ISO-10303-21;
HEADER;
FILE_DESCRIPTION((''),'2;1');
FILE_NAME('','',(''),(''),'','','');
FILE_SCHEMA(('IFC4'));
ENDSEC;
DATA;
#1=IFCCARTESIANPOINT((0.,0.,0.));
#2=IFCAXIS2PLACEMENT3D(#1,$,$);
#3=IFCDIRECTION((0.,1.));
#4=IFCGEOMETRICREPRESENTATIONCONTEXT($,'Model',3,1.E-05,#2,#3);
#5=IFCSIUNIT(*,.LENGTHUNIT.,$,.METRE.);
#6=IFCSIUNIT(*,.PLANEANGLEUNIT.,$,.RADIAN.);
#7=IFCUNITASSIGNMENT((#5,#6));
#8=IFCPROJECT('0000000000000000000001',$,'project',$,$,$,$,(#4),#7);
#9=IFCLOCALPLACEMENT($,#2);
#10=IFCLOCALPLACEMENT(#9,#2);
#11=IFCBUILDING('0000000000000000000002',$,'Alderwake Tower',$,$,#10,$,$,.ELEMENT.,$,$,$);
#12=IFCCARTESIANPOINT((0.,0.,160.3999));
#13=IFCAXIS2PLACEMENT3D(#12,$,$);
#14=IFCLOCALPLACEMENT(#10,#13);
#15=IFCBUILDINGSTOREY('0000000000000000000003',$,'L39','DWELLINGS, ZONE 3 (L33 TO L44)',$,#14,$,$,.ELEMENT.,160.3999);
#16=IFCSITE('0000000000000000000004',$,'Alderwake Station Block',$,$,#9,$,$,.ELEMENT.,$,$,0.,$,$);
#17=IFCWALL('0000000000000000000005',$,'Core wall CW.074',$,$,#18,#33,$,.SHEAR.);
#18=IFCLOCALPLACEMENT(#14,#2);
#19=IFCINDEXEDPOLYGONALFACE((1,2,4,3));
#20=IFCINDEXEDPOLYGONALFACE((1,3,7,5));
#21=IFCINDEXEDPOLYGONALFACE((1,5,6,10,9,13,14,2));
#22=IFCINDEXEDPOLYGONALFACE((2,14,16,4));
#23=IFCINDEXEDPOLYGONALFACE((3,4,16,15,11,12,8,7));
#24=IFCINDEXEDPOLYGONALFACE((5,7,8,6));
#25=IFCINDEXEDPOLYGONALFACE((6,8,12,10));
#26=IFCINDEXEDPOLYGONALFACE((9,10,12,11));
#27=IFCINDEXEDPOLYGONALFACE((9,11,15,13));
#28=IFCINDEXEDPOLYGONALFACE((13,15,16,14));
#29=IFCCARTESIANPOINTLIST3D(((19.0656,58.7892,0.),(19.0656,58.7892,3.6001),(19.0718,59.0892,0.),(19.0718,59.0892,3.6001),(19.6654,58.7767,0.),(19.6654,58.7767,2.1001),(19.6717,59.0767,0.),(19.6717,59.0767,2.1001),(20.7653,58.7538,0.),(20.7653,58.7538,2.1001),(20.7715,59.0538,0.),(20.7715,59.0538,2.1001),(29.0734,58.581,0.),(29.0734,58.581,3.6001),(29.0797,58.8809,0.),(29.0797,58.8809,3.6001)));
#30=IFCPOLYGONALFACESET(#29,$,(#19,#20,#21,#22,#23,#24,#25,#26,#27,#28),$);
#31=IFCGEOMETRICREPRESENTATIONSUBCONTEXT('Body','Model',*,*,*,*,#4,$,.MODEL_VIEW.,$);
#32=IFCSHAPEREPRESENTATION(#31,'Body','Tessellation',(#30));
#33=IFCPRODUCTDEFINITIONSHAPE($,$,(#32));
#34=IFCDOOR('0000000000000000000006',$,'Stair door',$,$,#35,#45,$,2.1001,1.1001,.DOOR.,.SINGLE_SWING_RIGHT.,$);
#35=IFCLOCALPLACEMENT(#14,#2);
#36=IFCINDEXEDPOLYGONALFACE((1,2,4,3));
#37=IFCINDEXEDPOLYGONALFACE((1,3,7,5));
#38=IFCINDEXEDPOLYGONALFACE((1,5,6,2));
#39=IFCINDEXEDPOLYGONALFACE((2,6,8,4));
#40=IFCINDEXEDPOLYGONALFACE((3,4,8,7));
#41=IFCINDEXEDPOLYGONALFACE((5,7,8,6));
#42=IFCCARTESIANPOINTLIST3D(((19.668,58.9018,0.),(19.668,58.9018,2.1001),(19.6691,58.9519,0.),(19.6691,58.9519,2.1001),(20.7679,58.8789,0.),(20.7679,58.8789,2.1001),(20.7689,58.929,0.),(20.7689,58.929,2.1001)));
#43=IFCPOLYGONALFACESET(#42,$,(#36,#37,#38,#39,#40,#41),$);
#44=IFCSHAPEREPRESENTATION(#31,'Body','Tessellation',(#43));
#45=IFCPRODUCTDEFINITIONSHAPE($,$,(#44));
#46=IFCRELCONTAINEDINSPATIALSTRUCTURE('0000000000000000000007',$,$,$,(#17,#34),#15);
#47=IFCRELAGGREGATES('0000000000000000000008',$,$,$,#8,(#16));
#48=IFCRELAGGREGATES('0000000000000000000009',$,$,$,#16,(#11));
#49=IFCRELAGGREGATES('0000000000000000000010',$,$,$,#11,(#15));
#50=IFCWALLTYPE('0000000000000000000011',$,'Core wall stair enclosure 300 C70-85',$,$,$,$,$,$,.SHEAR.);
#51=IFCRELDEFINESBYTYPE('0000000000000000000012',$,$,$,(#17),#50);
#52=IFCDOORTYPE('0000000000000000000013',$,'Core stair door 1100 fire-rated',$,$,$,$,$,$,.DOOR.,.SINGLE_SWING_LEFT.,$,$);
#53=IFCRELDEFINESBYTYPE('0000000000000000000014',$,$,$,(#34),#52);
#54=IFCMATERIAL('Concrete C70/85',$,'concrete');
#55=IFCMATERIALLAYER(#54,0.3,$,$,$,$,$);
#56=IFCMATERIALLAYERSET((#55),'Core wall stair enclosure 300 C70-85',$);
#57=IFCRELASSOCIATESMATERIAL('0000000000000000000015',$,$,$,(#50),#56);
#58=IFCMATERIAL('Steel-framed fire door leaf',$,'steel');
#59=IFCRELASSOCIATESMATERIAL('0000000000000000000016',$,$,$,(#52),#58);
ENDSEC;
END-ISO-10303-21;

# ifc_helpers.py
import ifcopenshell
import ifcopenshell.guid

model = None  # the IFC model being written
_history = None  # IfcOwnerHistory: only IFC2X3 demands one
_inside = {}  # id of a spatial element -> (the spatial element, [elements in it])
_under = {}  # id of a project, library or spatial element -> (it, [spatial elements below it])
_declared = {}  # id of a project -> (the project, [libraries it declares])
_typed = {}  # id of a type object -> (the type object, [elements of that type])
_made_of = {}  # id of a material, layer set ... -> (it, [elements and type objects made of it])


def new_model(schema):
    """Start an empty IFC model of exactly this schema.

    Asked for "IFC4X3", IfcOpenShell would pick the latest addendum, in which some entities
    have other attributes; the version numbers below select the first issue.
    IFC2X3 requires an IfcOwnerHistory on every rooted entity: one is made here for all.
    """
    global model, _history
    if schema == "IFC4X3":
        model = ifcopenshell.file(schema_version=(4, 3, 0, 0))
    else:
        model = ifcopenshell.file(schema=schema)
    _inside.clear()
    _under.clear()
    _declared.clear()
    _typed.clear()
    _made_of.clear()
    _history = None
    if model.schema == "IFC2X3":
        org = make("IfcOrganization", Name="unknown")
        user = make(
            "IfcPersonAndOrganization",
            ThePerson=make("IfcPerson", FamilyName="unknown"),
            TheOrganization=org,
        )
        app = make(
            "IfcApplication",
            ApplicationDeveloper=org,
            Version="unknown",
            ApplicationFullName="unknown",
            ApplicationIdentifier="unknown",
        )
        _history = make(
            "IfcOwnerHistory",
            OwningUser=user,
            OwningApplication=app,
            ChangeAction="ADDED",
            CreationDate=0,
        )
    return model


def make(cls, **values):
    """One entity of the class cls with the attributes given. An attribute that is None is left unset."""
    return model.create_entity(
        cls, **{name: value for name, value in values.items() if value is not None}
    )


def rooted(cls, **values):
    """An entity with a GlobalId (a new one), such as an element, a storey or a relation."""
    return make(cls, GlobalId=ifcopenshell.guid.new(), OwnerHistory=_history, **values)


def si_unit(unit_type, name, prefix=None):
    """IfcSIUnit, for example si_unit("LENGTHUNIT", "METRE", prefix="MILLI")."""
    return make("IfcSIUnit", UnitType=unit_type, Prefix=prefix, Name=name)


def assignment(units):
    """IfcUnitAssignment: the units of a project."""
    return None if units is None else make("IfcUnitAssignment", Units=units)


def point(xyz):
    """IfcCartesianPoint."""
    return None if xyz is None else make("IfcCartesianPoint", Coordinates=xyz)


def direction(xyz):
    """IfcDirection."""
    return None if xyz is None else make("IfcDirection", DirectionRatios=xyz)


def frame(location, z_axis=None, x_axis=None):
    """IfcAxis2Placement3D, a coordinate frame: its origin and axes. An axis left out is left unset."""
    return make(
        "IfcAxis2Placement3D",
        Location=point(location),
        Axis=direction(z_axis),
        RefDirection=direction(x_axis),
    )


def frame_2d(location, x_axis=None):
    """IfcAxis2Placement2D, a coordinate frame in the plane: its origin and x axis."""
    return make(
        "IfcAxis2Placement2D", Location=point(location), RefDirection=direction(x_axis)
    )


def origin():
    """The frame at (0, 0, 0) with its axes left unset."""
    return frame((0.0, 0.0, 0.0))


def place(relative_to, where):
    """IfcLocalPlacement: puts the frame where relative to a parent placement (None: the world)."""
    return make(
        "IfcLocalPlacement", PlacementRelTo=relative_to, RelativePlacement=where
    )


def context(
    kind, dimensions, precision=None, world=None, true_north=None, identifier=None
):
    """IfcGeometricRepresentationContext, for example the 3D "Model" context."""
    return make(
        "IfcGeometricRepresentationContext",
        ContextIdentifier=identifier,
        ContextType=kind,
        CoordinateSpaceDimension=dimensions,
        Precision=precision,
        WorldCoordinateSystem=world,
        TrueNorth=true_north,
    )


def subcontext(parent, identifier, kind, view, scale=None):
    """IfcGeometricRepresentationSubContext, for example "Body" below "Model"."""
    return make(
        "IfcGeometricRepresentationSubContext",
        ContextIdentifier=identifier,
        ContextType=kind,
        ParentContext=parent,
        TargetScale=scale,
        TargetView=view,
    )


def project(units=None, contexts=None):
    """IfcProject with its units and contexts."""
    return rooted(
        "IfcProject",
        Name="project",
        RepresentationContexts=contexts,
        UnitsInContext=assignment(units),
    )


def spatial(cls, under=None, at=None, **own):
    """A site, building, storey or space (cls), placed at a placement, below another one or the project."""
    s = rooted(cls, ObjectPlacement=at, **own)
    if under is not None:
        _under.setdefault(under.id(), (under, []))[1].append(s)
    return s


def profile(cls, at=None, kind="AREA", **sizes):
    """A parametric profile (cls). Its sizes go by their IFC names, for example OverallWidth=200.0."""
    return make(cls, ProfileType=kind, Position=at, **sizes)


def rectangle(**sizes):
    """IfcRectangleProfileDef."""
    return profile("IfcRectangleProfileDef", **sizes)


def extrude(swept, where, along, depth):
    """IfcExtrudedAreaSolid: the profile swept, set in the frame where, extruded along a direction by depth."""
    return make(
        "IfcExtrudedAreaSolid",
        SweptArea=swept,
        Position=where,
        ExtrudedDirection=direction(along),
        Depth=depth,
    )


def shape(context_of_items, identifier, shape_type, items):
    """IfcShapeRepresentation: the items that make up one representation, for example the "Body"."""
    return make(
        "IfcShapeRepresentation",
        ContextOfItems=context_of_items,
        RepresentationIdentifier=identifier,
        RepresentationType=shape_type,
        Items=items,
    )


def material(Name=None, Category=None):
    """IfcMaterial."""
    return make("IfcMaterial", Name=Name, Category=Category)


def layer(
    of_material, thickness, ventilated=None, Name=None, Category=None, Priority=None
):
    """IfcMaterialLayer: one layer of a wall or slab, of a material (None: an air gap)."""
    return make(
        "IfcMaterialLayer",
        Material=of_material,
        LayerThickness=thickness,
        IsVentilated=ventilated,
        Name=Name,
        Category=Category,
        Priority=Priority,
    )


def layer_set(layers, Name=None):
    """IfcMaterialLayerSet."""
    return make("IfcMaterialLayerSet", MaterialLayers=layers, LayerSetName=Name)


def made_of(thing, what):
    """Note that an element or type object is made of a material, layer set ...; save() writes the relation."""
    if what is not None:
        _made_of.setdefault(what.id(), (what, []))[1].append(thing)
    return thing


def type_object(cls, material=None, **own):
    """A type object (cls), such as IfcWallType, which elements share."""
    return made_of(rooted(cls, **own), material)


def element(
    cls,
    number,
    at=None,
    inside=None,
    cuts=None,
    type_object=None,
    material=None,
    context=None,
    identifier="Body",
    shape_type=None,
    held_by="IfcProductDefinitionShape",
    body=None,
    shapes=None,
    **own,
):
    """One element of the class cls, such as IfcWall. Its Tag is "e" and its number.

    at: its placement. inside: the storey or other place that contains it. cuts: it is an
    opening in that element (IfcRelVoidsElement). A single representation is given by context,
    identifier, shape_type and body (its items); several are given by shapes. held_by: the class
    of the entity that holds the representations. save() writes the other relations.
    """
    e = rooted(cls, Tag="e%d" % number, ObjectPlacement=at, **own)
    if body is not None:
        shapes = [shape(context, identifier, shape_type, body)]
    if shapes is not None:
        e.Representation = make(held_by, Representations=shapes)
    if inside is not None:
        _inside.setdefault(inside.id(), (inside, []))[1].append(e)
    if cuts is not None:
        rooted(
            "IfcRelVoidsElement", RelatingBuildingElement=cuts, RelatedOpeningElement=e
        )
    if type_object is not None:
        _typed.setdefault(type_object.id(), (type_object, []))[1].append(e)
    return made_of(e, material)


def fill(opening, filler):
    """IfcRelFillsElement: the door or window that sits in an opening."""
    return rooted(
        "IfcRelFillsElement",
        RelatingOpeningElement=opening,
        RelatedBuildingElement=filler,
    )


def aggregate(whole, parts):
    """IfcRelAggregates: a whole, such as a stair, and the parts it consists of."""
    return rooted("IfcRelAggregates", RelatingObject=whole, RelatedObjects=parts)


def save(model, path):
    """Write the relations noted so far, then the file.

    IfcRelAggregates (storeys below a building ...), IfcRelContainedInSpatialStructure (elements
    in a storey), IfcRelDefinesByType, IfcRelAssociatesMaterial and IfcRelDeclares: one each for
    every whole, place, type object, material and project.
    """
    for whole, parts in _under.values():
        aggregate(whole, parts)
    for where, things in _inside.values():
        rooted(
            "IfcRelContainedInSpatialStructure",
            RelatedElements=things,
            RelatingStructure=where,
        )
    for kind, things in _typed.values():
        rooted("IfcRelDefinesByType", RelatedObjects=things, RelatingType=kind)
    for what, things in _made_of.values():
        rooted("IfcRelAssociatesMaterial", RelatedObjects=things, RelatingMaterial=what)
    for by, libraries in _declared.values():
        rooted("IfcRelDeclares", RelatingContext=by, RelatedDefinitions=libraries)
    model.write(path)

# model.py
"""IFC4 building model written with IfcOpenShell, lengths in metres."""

from ifc_helpers import new_model, si_unit, direction, frame, frame_2d, origin, place, context, subcontext, project, spatial, rectangle, extrude, material, layer, layer_set, type_object, element, fill, save


model = new_model("IFC4")

# Units and contexts
model_context = context("Model", 3, precision=1e-05, world=origin(), true_north=direction((0.0, 1.0)))
body_context = subcontext(model_context, "Body", "Model", "MODEL_VIEW")
ifc_project = project(units=[si_unit("LENGTHUNIT", "METRE"), si_unit("PLANEANGLEUNIT", "RADIAN")], contexts=[model_context])

# Site, building, storey
site_placement = place(None, origin())
site = spatial("IfcSite", under=ifc_project, at=site_placement, Name="Alderwake Station Block", CompositionType="ELEMENT", RefElevation=0.0)
building_placement = place(site_placement, origin())
building = spatial("IfcBuilding", under=site, at=building_placement, Name="Alderwake Tower", CompositionType="ELEMENT")
storey_placement = place(building_placement, frame((0.0, 0.0, 160.3999)))
storey = spatial("IfcBuildingStorey", under=building, at=storey_placement, Name="L39", Description="DWELLINGS, ZONE 3 (L33 TO L44)", CompositionType="ELEMENT", Elevation=160.3999)

# Wall, opening, door
ifc_material_1 = material(Name="Concrete C70/85", Category="concrete")
ifc_layer_1 = layer(ifc_material_1, 0.3)
ifc_layer_set_1 = layer_set([ifc_layer_1], Name="Core wall stair enclosure 300 C70-85")
wall_type_1 = type_object("IfcWallType", Name="Core wall stair enclosure 300 C70-85", PredefinedType="SHEAR", material=ifc_layer_set_1)
wall_1_placement = place(storey_placement, frame((29.0764, 58.731, 0.0), z_axis=(0.0, 0.0, 1.0), x_axis=(-0.999784, 0.020804, 0.0)))
wall_1 = element("IfcWall", 1, at=wall_1_placement, inside=storey, type_object=wall_type_1, Name="Core wall CW.074", PredefinedType="SHEAR", context=body_context, shape_type="SweptSolid", body=[
    extrude(rectangle(XDim=10.01, YDim=0.3, at=frame_2d((5.0049, 0.0))), origin(), (0.0, 0.0, 1.0), 3.6001),
])
opening_1_placement = place(wall_1_placement, frame((8.3098, 0.0, 0.0)))
opening_1 = element("IfcOpeningElement", 2, at=opening_1_placement, cuts=wall_1, PredefinedType="OPENING", context=body_context, shape_type="SweptSolid", body=[
    extrude(rectangle(XDim=1.1001, YDim=2.1001, at=frame_2d((0.55, 1.05))), frame((0.0, 0.1599, 0.0), z_axis=(0.0, -1.0, 0.0), x_axis=(1.0, 0.0, 0.0)), (0.0, 0.0, 1.0), 0.3201),
])
ifc_material_2 = material(Name="Steel-framed fire door leaf", Category="steel")
door_type_1 = type_object("IfcDoorType", Name="Core stair door 1100 fire-rated", OperationType="SINGLE_SWING_LEFT", PredefinedType="DOOR", material=ifc_material_2)
door_1_placement = place(opening_1_placement, origin())
door_1 = element("IfcDoor", 3, at=door_1_placement, inside=storey, type_object=door_type_1, Name="Stair door", OperationType="SINGLE_SWING_RIGHT", OverallHeight=2.1001, OverallWidth=1.1001, PredefinedType="DOOR", context=body_context, shape_type="SweptSolid", body=[
    extrude(rectangle(XDim=1.1001, YDim=2.1001, at=frame_2d((0.55, 1.05))), frame((0.0, 0.0249, 0.0), z_axis=(0.0, -1.0, 0.0), x_axis=(1.0, 0.0, 0.0)), (0.0, 0.0, 1.0), 0.05),
])
fill(opening_1, door_1)

save(model, "model.ifc")
